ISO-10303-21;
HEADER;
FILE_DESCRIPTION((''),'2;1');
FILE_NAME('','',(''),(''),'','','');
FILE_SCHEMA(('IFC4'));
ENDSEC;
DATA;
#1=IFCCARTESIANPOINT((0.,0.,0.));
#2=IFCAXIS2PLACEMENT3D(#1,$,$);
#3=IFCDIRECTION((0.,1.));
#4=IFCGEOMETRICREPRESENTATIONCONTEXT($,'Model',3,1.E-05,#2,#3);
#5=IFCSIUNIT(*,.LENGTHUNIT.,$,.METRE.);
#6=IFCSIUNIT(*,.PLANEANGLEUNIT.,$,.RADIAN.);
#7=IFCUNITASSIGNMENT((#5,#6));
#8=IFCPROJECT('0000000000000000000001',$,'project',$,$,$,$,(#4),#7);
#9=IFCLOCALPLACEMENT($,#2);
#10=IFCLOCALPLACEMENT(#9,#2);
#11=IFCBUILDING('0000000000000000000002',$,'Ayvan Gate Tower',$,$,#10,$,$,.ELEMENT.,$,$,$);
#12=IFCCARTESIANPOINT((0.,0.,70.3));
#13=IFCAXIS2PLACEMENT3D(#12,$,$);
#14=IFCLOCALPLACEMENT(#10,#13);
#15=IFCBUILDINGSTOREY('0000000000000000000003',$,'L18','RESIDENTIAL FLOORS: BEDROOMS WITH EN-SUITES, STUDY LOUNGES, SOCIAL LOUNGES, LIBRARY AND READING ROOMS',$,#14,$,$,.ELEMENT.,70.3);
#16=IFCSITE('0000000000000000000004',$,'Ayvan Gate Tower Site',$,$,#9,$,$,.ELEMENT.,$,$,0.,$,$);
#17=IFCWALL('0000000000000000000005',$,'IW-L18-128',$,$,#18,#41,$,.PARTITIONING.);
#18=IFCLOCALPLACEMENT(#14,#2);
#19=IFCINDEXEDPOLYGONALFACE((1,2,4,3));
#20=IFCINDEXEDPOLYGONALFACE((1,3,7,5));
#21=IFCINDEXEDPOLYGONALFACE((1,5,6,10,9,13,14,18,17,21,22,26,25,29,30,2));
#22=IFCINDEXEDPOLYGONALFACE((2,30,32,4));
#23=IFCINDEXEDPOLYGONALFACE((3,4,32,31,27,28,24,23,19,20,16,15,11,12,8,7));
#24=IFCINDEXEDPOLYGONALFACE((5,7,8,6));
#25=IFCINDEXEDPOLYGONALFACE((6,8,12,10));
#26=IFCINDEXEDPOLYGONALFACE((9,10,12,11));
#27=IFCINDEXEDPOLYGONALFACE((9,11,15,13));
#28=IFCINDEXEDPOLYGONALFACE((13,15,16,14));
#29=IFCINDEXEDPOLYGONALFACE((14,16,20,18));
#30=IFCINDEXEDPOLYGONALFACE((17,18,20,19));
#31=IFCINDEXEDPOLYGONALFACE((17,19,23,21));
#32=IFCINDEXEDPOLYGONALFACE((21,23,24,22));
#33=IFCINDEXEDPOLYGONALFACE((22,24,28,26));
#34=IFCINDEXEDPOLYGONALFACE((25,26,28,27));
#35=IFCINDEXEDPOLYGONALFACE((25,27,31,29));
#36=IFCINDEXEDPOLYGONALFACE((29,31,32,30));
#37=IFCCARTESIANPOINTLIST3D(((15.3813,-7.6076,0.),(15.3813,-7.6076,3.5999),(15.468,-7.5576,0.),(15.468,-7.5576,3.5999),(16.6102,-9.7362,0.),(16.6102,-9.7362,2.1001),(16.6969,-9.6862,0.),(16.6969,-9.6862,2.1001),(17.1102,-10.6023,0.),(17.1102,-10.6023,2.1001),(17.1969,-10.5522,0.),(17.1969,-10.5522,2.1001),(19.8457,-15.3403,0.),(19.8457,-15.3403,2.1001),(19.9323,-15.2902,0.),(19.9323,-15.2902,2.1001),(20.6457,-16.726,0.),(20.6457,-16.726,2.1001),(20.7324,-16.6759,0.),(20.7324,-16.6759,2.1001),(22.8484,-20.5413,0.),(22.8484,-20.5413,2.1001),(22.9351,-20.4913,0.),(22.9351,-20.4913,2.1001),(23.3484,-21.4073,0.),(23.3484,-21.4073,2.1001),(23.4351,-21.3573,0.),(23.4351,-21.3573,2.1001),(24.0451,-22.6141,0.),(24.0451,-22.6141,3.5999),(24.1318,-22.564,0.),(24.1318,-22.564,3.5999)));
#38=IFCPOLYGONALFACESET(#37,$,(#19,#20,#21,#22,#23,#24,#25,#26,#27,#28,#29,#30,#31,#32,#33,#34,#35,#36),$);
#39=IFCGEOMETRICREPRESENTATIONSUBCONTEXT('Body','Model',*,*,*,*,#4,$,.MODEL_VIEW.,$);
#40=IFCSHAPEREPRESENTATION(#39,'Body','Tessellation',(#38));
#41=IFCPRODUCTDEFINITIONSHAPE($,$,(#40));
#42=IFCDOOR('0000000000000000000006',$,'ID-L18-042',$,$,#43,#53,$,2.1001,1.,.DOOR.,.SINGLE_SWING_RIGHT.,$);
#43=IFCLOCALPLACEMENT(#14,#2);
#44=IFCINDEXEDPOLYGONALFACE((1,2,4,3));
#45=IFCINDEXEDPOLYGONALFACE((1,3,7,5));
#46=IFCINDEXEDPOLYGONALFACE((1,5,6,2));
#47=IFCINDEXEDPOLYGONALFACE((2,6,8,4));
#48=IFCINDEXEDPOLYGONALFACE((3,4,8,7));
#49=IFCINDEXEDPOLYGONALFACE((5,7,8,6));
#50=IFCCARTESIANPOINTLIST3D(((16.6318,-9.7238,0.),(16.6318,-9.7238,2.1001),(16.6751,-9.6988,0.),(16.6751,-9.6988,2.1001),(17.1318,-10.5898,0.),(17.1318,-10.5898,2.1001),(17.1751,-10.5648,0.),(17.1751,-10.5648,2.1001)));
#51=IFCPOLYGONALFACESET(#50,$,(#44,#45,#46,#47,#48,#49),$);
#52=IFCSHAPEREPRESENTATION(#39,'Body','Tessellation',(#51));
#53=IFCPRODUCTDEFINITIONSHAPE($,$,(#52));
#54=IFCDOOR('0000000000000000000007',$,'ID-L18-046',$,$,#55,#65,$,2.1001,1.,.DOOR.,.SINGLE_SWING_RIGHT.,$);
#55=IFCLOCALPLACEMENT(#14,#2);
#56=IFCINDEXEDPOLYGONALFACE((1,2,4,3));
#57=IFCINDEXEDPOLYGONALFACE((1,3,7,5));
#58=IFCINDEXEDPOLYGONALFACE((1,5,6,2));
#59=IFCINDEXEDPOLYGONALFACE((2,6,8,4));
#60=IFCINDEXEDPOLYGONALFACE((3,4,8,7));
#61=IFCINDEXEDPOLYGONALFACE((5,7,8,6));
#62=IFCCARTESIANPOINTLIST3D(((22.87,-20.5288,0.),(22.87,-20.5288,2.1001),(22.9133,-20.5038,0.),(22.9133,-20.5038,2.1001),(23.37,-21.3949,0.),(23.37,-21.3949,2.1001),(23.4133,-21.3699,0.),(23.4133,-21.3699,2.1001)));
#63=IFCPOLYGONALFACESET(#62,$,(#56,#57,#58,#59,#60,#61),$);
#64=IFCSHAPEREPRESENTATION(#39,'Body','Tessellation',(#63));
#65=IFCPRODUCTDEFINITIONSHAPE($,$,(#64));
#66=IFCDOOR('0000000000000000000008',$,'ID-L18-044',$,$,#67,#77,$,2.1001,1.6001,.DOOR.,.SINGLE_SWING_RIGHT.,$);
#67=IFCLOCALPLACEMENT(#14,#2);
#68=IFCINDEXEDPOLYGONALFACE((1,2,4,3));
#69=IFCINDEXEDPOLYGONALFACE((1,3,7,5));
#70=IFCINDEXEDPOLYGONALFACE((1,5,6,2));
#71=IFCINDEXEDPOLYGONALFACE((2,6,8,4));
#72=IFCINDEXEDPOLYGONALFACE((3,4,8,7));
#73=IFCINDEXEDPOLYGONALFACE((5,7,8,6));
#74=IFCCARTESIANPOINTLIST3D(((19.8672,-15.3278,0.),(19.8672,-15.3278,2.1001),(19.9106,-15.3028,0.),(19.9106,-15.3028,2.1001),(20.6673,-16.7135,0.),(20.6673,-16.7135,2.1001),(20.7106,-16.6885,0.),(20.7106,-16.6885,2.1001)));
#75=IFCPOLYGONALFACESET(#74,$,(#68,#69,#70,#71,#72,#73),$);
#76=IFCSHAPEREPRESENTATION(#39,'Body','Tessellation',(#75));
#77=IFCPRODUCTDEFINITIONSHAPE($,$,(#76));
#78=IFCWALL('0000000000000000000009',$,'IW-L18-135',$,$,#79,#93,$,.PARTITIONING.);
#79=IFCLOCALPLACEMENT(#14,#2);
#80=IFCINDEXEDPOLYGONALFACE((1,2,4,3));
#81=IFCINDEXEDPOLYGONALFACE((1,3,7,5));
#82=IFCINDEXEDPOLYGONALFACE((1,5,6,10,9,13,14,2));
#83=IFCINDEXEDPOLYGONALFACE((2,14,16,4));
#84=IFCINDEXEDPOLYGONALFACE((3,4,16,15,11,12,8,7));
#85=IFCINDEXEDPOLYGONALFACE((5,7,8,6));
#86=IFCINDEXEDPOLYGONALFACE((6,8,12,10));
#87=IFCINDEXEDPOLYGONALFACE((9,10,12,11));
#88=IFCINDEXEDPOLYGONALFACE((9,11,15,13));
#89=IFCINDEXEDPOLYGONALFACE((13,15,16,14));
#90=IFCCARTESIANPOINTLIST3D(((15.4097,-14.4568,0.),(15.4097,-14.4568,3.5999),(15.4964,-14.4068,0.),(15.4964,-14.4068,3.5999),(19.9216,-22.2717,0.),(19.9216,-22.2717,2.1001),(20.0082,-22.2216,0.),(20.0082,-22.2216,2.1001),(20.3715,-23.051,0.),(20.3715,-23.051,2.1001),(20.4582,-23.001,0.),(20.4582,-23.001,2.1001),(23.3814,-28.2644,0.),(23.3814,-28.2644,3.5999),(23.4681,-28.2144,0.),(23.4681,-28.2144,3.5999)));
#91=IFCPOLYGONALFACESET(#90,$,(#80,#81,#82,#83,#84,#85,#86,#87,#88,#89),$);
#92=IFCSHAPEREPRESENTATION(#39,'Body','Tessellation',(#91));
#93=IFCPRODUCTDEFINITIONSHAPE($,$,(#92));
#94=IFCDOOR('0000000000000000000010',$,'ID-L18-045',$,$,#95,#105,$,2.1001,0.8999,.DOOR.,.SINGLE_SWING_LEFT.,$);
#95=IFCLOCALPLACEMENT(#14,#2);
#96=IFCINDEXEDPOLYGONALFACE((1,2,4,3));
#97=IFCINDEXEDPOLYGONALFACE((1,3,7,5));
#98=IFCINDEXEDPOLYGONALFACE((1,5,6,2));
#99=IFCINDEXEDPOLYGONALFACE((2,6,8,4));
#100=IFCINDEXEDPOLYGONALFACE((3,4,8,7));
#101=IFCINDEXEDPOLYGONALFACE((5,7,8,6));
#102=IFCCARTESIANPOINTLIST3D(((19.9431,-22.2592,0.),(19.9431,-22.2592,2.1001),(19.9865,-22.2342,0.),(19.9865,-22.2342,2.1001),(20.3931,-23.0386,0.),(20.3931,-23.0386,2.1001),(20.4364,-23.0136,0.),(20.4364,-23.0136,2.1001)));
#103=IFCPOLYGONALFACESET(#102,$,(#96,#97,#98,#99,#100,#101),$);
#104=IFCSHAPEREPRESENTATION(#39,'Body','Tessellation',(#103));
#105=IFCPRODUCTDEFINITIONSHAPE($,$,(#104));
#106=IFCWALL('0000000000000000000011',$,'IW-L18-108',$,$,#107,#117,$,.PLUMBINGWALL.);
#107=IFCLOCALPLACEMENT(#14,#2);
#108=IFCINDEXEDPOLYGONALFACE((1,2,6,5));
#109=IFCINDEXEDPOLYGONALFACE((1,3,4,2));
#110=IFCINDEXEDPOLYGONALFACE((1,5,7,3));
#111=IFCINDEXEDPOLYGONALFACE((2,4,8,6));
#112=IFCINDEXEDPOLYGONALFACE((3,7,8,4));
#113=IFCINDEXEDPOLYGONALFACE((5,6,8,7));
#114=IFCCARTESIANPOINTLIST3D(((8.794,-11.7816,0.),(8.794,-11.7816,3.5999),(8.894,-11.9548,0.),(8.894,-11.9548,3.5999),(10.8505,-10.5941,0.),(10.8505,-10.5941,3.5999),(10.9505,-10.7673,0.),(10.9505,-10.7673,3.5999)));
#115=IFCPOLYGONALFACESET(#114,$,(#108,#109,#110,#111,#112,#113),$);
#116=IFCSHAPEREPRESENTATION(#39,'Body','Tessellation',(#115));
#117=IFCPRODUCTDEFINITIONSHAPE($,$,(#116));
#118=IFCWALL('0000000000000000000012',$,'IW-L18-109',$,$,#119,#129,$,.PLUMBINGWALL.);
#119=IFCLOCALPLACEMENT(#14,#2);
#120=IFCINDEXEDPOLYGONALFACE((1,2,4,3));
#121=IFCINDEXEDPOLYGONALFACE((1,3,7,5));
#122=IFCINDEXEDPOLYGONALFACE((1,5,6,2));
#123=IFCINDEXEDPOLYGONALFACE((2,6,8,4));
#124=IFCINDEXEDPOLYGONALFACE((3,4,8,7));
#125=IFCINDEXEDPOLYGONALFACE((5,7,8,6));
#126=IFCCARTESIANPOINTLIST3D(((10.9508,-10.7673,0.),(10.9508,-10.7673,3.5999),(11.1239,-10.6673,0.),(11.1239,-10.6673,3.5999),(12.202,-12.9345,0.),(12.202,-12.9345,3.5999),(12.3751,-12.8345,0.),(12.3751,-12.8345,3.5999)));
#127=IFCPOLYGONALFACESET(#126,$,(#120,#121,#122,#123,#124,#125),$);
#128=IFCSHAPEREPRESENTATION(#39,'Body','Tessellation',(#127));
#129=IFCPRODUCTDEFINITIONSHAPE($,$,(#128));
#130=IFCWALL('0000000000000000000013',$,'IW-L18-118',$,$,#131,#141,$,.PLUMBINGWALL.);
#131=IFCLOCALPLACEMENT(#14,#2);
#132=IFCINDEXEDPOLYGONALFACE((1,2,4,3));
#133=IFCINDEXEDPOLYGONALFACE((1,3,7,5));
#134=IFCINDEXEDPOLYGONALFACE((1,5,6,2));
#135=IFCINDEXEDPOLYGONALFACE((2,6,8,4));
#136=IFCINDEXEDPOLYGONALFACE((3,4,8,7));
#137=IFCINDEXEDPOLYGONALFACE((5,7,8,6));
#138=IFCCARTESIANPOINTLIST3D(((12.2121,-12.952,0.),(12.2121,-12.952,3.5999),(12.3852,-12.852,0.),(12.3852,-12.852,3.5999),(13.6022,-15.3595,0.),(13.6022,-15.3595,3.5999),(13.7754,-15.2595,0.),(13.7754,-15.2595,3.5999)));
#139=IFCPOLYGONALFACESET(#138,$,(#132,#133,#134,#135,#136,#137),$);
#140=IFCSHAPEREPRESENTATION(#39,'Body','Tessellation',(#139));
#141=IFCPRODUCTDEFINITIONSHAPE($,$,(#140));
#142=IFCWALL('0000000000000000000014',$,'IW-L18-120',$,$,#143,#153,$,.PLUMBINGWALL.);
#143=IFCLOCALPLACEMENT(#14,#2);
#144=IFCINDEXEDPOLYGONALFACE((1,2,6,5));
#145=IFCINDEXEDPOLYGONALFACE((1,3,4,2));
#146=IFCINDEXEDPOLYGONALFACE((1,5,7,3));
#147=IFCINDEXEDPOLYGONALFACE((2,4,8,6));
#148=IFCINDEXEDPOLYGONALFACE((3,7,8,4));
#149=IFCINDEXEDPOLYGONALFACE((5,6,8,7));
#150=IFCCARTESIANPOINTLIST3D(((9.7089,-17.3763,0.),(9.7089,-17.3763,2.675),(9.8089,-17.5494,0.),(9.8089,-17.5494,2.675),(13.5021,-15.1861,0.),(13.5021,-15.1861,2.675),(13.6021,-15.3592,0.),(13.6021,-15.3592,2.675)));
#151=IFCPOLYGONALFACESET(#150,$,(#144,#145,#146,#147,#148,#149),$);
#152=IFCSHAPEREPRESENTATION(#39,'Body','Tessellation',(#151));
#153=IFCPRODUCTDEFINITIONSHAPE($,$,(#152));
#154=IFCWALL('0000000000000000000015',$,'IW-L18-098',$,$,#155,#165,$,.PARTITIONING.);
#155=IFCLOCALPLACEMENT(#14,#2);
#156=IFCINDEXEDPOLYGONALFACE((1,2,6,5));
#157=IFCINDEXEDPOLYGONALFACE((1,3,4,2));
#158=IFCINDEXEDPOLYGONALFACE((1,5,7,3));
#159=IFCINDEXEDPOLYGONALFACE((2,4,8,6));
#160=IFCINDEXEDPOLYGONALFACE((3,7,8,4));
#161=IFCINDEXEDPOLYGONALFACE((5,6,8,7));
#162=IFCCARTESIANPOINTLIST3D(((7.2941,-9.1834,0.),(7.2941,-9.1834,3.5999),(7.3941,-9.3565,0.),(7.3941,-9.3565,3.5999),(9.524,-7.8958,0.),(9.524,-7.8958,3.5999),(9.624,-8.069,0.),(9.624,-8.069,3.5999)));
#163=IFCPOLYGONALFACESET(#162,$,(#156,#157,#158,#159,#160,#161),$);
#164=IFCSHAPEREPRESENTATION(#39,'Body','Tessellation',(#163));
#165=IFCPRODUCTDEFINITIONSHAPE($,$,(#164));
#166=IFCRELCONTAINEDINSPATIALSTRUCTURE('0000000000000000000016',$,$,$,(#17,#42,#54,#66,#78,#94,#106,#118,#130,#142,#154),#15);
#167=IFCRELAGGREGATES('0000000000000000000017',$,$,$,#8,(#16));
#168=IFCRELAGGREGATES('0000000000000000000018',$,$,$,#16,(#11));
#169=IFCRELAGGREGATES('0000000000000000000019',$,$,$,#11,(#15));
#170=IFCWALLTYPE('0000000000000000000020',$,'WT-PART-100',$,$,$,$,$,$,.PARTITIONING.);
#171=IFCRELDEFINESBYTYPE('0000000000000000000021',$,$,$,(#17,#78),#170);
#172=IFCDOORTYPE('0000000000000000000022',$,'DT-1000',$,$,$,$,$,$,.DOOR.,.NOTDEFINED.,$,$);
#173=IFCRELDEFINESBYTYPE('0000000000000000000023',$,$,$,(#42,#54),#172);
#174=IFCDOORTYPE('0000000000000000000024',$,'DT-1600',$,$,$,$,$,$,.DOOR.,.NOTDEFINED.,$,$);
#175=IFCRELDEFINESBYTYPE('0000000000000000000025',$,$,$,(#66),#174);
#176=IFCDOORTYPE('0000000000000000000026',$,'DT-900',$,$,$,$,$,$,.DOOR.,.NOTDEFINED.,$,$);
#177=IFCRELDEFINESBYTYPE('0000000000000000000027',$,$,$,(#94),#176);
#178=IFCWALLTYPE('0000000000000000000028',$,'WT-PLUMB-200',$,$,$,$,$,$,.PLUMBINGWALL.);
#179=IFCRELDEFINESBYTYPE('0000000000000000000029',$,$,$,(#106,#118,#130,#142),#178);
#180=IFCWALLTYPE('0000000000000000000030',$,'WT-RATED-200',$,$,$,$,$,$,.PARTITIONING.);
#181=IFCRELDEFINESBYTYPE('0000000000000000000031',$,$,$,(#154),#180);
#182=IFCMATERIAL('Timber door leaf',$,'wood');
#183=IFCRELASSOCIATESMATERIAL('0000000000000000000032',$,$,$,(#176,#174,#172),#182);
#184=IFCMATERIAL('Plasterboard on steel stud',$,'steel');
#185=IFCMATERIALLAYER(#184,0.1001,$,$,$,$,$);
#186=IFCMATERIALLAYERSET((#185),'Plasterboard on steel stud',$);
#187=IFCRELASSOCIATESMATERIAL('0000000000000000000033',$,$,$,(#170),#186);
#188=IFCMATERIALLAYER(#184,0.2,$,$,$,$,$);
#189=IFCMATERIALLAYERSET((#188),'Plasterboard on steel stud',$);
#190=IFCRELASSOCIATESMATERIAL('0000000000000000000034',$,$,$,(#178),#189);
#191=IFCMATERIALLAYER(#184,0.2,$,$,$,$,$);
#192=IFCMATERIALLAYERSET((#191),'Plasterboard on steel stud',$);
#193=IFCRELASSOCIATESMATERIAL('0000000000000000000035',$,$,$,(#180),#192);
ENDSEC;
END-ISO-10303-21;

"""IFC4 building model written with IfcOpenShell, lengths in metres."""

from ifc_helpers import new_model, si_unit, direction, frame, frame_2d, origin, place, context, subcontext, project, spatial, rectangle, extrude, material, layer, layer_set, type_object, element, fill, save


model = new_model("IFC4")

# Units and contexts
model_context = context("Model", 3, precision=1e-05, world=origin(), true_north=direction((0.0, 1.0)))
body_context = subcontext(model_context, "Body", "Model", "MODEL_VIEW")
ifc_project = project(units=[si_unit("LENGTHUNIT", "METRE"), si_unit("PLANEANGLEUNIT", "RADIAN")], contexts=[model_context])

# Site, building, storey
site_placement = place(None, origin())
site = spatial("IfcSite", under=ifc_project, at=site_placement, Name="Ayvan Gate Tower Site", CompositionType="ELEMENT", RefElevation=0.0)
building_placement = place(site_placement, origin())
building = spatial("IfcBuilding", under=site, at=building_placement, Name="Ayvan Gate Tower", CompositionType="ELEMENT")
storey_placement = place(building_placement, frame((0.0, 0.0, 70.3)))
storey = spatial("IfcBuildingStorey", under=building, at=storey_placement, Name="L18", Description="RESIDENTIAL FLOORS: BEDROOMS WITH EN-SUITES, STUDY LOUNGES, SOCIAL LOUNGES, LIBRARY AND READING ROOMS", CompositionType="ELEMENT", Elevation=70.3)

# Shared definitions
ifc_material_1 = material(Name="Plasterboard on steel stud", Category="steel")
ifc_material_2 = material(Name="Timber door leaf", Category="wood")
door_type_1 = type_object("IfcDoorType", Name="DT-900", OperationType="NOTDEFINED", PredefinedType="DOOR", material=ifc_material_2)
door_type_2 = type_object("IfcDoorType", Name="DT-1600", OperationType="NOTDEFINED", PredefinedType="DOOR", material=ifc_material_2)

# Wall, openings, doors
ifc_layer_1 = layer(ifc_material_1, 0.1001)
ifc_layer_set_1 = layer_set([ifc_layer_1], Name="Plasterboard on steel stud")
wall_type_1 = type_object("IfcWallType", Name="WT-PART-100", PredefinedType="PARTITIONING", material=ifc_layer_set_1)
wall_1_placement = place(storey_placement, frame((15.4246, -7.5825, 0.0), z_axis=(0.0, 0.0, 1.0), x_axis=(0.499996, -0.866028, 0.0)))
wall_1 = element("IfcWall", 1, at=wall_1_placement, inside=storey, type_object=wall_type_1, Name="IW-L18-128", PredefinedType="PARTITIONING", context=body_context, shape_type="SweptSolid", body=[
    extrude(rectangle(XDim=17.3279, YDim=0.1001, at=frame_2d((8.6641, 0.0))), origin(), (0.0, 0.0, 1.0), 3.5999),
])
opening_1_placement = place(wall_1_placement, frame((2.458, 0.0, 0.0)))
opening_1 = element("IfcOpeningElement", 2, at=opening_1_placement, cuts=wall_1, PredefinedType="OPENING", context=body_context, shape_type="SweptSolid", body=[
    extrude(rectangle(XDim=1.0, YDim=2.1001, at=frame_2d((0.5, 1.05))), frame((0.0, 0.0601, 0.0), z_axis=(0.0, -1.0, 0.0), x_axis=(1.0, 0.0, 0.0)), (0.0, 0.0, 1.0), 0.1201),
])
opening_2_placement = place(wall_1_placement, frame((8.929, 0.0, 0.0)))
opening_2 = element("IfcOpeningElement", 3, at=opening_2_placement, cuts=wall_1, PredefinedType="OPENING", context=body_context, shape_type="SweptSolid", body=[
    extrude(rectangle(XDim=1.6001, YDim=2.1001, at=frame_2d((0.8, 1.05))), frame((0.0, 0.0601, 0.0), z_axis=(0.0, -1.0, 0.0), x_axis=(1.0, 0.0, 0.0)), (0.0, 0.0, 1.0), 0.1201),
])
opening_3_placement = place(wall_1_placement, frame((14.9346, 0.0, 0.0)))
opening_3 = element("IfcOpeningElement", 4, at=opening_3_placement, cuts=wall_1, PredefinedType="OPENING", context=body_context, shape_type="SweptSolid", body=[
    extrude(rectangle(XDim=1.0, YDim=2.1001, at=frame_2d((0.5, 1.05))), frame((0.0, 0.0601, 0.0), z_axis=(0.0, -1.0, 0.0), x_axis=(1.0, 0.0, 0.0)), (0.0, 0.0, 1.0), 0.1201),
])
door_type_3 = type_object("IfcDoorType", Name="DT-1000", OperationType="NOTDEFINED", PredefinedType="DOOR", material=ifc_material_2)
door_1_placement = place(opening_1_placement, origin())
door_1 = element("IfcDoor", 5, at=door_1_placement, inside=storey, type_object=door_type_3, Name="ID-L18-042", OperationType="SINGLE_SWING_RIGHT", OverallHeight=2.1001, OverallWidth=1.0, PredefinedType="DOOR", context=body_context, shape_type="SweptSolid", body=[
    extrude(rectangle(XDim=1.0, YDim=2.1001, at=frame_2d((0.5, 1.05))), frame((0.0, 0.0249, 0.0), z_axis=(0.0, -1.0, 0.0), x_axis=(1.0, 0.0, 0.0)), (0.0, 0.0, 1.0), 0.05),
])
fill(opening_1, door_1)
door_2_placement = place(opening_3_placement, origin())
door_2 = element("IfcDoor", 6, at=door_2_placement, inside=storey, type_object=door_type_3, Name="ID-L18-046", OperationType="SINGLE_SWING_RIGHT", OverallHeight=2.1001, OverallWidth=1.0, PredefinedType="DOOR", context=body_context, shape_type="SweptSolid", body=[
    extrude(rectangle(XDim=1.0, YDim=2.1001, at=frame_2d((0.5, 1.05))), frame((0.0, 0.0249, 0.0), z_axis=(0.0, -1.0, 0.0), x_axis=(1.0, 0.0, 0.0)), (0.0, 0.0, 1.0), 0.05),
])
fill(opening_3, door_2)
door_3_placement = place(opening_2_placement, origin())
door_3 = element("IfcDoor", 7, at=door_3_placement, inside=storey, type_object=door_type_2, Name="ID-L18-044", OperationType="SINGLE_SWING_RIGHT", OverallHeight=2.1001, OverallWidth=1.6001, PredefinedType="DOOR", context=body_context, shape_type="SweptSolid", body=[
    extrude(rectangle(XDim=1.6001, YDim=2.1001, at=frame_2d((0.8, 1.05))), frame((0.0, 0.0249, 0.0), z_axis=(0.0, -1.0, 0.0), x_axis=(1.0, 0.0, 0.0)), (0.0, 0.0, 1.0), 0.05),
])
fill(opening_2, door_3)

# Wall, opening, door
wall_2_placement = place(storey_placement, frame((15.4531, -14.4319, 0.0), z_axis=(0.0, 0.0, 1.0), x_axis=(0.499993, -0.86603, 0.0)))
wall_2 = element("IfcWall", 8, at=wall_2_placement, inside=storey, type_object=wall_type_1, Name="IW-L18-135", PredefinedType="PARTITIONING", context=body_context, shape_type="SweptSolid", body=[
    extrude(rectangle(XDim=15.9436, YDim=0.1001, at=frame_2d((7.9717, 0.0))), origin(), (0.0, 0.0, 1.0), 3.5999),
])
opening_4_placement = place(wall_2_placement, frame((9.0237, 0.0, 0.0)))
opening_4 = element("IfcOpeningElement", 9, at=opening_4_placement, cuts=wall_2, PredefinedType="OPENING", context=body_context, shape_type="SweptSolid", body=[
    extrude(rectangle(XDim=0.8999, YDim=2.1001, at=frame_2d((0.45, 1.05))), frame((0.0, 0.0601, 0.0), z_axis=(0.0, -1.0, 0.0), x_axis=(1.0, 0.0, 0.0)), (0.0, 0.0, 1.0), 0.1201),
])
door_4_placement = place(opening_4_placement, origin())
door_4 = element("IfcDoor", 10, at=door_4_placement, inside=storey, type_object=door_type_1, Name="ID-L18-045", OperationType="SINGLE_SWING_LEFT", OverallHeight=2.1001, OverallWidth=0.8999, PredefinedType="DOOR", context=body_context, shape_type="SweptSolid", body=[
    extrude(rectangle(XDim=0.8999, YDim=2.1001, at=frame_2d((0.45, 1.05))), frame((0.0, 0.0249, 0.0), z_axis=(0.0, -1.0, 0.0), x_axis=(1.0, 0.0, 0.0)), (0.0, 0.0, 1.0), 0.05),
])
fill(opening_4, door_4)

# Walls
ifc_layer_2 = layer(ifc_material_1, 0.2)
ifc_layer_set_2 = layer_set([ifc_layer_2], Name="Plasterboard on steel stud")
wall_type_2 = type_object("IfcWallType", Name="WT-PLUMB-200", PredefinedType="PLUMBINGWALL", material=ifc_layer_set_2)
wall_3_placement = place(storey_placement, frame((10.9006, -10.6807, 0.0), z_axis=(0.0, 0.0, 1.0), x_axis=(-0.866008, -0.500031, 0.0)))
element("IfcWall", 11, at=wall_3_placement, inside=storey, type_object=wall_type_2, Name="IW-L18-108", PredefinedType="PLUMBINGWALL", context=body_context, shape_type="SweptSolid", body=[
    extrude(rectangle(XDim=2.3748, YDim=0.2, at=frame_2d((1.1875, 0.0))), origin(), (0.0, 0.0, 1.0), 3.5999),
])
wall_4_placement = place(storey_placement, frame((11.0374, -10.7173, 0.0), z_axis=(0.0, 0.0, 1.0), x_axis=(0.49999, -0.866031, 0.0)))
element("IfcWall", 12, at=wall_4_placement, inside=storey, type_object=wall_type_2, Name="IW-L18-109", PredefinedType="PLUMBINGWALL", context=body_context, shape_type="SweptSolid", body=[
    extrude(rectangle(XDim=2.5024, YDim=0.2, at=frame_2d((1.2512, 0.0))), origin(), (0.0, 0.0, 1.0), 3.5999),
])
wall_5_placement = place(storey_placement, frame((12.2986, -12.9019, 0.0), z_axis=(0.0, 0.0, 1.0), x_axis=(0.500049, -0.865997, 0.0)))
element("IfcWall", 13, at=wall_5_placement, inside=storey, type_object=wall_type_2, Name="IW-L18-118", PredefinedType="PLUMBINGWALL", context=body_context, shape_type="SweptSolid", body=[
    extrude(rectangle(XDim=2.78, YDim=0.2, at=frame_2d((1.3901, 0.0))), origin(), (0.0, 0.0, 1.0), 3.5999),
])
wall_6_placement = place(storey_placement, frame((13.552, -15.2727, 0.0), z_axis=(0.0, 0.0, 1.0), x_axis=(-0.866008, -0.50003, 0.0)))
element("IfcWall", 14, at=wall_6_placement, inside=storey, type_object=wall_type_2, Name="IW-L18-120", PredefinedType="PLUMBINGWALL", context=body_context, shape_type="SweptSolid", body=[
    extrude(rectangle(XDim=4.3801, YDim=0.2, at=frame_2d((2.1899, 0.0))), origin(), (0.0, 0.0, 1.0), 2.675),
])
ifc_layer_3 = layer(ifc_material_1, 0.2)
ifc_layer_set_3 = layer_set([ifc_layer_3], Name="Plasterboard on steel stud")
wall_type_3 = type_object("IfcWallType", Name="WT-RATED-200", PredefinedType="PARTITIONING", material=ifc_layer_set_3)
wall_7_placement = place(storey_placement, frame((7.344, -9.27, 0.0), z_axis=(0.0, 0.0, 1.0), x_axis=(0.866006, 0.500034, 0.0)))
element("IfcWall", 15, at=wall_7_placement, inside=storey, type_object=wall_type_3, Name="IW-L18-098", PredefinedType="PARTITIONING", context=body_context, shape_type="SweptSolid", body=[
    extrude(rectangle(XDim=2.575, YDim=0.2, at=frame_2d((1.2876, 0.0))), origin(), (0.0, 0.0, 1.0), 3.5999),
])

save(model, "model.ifc")
